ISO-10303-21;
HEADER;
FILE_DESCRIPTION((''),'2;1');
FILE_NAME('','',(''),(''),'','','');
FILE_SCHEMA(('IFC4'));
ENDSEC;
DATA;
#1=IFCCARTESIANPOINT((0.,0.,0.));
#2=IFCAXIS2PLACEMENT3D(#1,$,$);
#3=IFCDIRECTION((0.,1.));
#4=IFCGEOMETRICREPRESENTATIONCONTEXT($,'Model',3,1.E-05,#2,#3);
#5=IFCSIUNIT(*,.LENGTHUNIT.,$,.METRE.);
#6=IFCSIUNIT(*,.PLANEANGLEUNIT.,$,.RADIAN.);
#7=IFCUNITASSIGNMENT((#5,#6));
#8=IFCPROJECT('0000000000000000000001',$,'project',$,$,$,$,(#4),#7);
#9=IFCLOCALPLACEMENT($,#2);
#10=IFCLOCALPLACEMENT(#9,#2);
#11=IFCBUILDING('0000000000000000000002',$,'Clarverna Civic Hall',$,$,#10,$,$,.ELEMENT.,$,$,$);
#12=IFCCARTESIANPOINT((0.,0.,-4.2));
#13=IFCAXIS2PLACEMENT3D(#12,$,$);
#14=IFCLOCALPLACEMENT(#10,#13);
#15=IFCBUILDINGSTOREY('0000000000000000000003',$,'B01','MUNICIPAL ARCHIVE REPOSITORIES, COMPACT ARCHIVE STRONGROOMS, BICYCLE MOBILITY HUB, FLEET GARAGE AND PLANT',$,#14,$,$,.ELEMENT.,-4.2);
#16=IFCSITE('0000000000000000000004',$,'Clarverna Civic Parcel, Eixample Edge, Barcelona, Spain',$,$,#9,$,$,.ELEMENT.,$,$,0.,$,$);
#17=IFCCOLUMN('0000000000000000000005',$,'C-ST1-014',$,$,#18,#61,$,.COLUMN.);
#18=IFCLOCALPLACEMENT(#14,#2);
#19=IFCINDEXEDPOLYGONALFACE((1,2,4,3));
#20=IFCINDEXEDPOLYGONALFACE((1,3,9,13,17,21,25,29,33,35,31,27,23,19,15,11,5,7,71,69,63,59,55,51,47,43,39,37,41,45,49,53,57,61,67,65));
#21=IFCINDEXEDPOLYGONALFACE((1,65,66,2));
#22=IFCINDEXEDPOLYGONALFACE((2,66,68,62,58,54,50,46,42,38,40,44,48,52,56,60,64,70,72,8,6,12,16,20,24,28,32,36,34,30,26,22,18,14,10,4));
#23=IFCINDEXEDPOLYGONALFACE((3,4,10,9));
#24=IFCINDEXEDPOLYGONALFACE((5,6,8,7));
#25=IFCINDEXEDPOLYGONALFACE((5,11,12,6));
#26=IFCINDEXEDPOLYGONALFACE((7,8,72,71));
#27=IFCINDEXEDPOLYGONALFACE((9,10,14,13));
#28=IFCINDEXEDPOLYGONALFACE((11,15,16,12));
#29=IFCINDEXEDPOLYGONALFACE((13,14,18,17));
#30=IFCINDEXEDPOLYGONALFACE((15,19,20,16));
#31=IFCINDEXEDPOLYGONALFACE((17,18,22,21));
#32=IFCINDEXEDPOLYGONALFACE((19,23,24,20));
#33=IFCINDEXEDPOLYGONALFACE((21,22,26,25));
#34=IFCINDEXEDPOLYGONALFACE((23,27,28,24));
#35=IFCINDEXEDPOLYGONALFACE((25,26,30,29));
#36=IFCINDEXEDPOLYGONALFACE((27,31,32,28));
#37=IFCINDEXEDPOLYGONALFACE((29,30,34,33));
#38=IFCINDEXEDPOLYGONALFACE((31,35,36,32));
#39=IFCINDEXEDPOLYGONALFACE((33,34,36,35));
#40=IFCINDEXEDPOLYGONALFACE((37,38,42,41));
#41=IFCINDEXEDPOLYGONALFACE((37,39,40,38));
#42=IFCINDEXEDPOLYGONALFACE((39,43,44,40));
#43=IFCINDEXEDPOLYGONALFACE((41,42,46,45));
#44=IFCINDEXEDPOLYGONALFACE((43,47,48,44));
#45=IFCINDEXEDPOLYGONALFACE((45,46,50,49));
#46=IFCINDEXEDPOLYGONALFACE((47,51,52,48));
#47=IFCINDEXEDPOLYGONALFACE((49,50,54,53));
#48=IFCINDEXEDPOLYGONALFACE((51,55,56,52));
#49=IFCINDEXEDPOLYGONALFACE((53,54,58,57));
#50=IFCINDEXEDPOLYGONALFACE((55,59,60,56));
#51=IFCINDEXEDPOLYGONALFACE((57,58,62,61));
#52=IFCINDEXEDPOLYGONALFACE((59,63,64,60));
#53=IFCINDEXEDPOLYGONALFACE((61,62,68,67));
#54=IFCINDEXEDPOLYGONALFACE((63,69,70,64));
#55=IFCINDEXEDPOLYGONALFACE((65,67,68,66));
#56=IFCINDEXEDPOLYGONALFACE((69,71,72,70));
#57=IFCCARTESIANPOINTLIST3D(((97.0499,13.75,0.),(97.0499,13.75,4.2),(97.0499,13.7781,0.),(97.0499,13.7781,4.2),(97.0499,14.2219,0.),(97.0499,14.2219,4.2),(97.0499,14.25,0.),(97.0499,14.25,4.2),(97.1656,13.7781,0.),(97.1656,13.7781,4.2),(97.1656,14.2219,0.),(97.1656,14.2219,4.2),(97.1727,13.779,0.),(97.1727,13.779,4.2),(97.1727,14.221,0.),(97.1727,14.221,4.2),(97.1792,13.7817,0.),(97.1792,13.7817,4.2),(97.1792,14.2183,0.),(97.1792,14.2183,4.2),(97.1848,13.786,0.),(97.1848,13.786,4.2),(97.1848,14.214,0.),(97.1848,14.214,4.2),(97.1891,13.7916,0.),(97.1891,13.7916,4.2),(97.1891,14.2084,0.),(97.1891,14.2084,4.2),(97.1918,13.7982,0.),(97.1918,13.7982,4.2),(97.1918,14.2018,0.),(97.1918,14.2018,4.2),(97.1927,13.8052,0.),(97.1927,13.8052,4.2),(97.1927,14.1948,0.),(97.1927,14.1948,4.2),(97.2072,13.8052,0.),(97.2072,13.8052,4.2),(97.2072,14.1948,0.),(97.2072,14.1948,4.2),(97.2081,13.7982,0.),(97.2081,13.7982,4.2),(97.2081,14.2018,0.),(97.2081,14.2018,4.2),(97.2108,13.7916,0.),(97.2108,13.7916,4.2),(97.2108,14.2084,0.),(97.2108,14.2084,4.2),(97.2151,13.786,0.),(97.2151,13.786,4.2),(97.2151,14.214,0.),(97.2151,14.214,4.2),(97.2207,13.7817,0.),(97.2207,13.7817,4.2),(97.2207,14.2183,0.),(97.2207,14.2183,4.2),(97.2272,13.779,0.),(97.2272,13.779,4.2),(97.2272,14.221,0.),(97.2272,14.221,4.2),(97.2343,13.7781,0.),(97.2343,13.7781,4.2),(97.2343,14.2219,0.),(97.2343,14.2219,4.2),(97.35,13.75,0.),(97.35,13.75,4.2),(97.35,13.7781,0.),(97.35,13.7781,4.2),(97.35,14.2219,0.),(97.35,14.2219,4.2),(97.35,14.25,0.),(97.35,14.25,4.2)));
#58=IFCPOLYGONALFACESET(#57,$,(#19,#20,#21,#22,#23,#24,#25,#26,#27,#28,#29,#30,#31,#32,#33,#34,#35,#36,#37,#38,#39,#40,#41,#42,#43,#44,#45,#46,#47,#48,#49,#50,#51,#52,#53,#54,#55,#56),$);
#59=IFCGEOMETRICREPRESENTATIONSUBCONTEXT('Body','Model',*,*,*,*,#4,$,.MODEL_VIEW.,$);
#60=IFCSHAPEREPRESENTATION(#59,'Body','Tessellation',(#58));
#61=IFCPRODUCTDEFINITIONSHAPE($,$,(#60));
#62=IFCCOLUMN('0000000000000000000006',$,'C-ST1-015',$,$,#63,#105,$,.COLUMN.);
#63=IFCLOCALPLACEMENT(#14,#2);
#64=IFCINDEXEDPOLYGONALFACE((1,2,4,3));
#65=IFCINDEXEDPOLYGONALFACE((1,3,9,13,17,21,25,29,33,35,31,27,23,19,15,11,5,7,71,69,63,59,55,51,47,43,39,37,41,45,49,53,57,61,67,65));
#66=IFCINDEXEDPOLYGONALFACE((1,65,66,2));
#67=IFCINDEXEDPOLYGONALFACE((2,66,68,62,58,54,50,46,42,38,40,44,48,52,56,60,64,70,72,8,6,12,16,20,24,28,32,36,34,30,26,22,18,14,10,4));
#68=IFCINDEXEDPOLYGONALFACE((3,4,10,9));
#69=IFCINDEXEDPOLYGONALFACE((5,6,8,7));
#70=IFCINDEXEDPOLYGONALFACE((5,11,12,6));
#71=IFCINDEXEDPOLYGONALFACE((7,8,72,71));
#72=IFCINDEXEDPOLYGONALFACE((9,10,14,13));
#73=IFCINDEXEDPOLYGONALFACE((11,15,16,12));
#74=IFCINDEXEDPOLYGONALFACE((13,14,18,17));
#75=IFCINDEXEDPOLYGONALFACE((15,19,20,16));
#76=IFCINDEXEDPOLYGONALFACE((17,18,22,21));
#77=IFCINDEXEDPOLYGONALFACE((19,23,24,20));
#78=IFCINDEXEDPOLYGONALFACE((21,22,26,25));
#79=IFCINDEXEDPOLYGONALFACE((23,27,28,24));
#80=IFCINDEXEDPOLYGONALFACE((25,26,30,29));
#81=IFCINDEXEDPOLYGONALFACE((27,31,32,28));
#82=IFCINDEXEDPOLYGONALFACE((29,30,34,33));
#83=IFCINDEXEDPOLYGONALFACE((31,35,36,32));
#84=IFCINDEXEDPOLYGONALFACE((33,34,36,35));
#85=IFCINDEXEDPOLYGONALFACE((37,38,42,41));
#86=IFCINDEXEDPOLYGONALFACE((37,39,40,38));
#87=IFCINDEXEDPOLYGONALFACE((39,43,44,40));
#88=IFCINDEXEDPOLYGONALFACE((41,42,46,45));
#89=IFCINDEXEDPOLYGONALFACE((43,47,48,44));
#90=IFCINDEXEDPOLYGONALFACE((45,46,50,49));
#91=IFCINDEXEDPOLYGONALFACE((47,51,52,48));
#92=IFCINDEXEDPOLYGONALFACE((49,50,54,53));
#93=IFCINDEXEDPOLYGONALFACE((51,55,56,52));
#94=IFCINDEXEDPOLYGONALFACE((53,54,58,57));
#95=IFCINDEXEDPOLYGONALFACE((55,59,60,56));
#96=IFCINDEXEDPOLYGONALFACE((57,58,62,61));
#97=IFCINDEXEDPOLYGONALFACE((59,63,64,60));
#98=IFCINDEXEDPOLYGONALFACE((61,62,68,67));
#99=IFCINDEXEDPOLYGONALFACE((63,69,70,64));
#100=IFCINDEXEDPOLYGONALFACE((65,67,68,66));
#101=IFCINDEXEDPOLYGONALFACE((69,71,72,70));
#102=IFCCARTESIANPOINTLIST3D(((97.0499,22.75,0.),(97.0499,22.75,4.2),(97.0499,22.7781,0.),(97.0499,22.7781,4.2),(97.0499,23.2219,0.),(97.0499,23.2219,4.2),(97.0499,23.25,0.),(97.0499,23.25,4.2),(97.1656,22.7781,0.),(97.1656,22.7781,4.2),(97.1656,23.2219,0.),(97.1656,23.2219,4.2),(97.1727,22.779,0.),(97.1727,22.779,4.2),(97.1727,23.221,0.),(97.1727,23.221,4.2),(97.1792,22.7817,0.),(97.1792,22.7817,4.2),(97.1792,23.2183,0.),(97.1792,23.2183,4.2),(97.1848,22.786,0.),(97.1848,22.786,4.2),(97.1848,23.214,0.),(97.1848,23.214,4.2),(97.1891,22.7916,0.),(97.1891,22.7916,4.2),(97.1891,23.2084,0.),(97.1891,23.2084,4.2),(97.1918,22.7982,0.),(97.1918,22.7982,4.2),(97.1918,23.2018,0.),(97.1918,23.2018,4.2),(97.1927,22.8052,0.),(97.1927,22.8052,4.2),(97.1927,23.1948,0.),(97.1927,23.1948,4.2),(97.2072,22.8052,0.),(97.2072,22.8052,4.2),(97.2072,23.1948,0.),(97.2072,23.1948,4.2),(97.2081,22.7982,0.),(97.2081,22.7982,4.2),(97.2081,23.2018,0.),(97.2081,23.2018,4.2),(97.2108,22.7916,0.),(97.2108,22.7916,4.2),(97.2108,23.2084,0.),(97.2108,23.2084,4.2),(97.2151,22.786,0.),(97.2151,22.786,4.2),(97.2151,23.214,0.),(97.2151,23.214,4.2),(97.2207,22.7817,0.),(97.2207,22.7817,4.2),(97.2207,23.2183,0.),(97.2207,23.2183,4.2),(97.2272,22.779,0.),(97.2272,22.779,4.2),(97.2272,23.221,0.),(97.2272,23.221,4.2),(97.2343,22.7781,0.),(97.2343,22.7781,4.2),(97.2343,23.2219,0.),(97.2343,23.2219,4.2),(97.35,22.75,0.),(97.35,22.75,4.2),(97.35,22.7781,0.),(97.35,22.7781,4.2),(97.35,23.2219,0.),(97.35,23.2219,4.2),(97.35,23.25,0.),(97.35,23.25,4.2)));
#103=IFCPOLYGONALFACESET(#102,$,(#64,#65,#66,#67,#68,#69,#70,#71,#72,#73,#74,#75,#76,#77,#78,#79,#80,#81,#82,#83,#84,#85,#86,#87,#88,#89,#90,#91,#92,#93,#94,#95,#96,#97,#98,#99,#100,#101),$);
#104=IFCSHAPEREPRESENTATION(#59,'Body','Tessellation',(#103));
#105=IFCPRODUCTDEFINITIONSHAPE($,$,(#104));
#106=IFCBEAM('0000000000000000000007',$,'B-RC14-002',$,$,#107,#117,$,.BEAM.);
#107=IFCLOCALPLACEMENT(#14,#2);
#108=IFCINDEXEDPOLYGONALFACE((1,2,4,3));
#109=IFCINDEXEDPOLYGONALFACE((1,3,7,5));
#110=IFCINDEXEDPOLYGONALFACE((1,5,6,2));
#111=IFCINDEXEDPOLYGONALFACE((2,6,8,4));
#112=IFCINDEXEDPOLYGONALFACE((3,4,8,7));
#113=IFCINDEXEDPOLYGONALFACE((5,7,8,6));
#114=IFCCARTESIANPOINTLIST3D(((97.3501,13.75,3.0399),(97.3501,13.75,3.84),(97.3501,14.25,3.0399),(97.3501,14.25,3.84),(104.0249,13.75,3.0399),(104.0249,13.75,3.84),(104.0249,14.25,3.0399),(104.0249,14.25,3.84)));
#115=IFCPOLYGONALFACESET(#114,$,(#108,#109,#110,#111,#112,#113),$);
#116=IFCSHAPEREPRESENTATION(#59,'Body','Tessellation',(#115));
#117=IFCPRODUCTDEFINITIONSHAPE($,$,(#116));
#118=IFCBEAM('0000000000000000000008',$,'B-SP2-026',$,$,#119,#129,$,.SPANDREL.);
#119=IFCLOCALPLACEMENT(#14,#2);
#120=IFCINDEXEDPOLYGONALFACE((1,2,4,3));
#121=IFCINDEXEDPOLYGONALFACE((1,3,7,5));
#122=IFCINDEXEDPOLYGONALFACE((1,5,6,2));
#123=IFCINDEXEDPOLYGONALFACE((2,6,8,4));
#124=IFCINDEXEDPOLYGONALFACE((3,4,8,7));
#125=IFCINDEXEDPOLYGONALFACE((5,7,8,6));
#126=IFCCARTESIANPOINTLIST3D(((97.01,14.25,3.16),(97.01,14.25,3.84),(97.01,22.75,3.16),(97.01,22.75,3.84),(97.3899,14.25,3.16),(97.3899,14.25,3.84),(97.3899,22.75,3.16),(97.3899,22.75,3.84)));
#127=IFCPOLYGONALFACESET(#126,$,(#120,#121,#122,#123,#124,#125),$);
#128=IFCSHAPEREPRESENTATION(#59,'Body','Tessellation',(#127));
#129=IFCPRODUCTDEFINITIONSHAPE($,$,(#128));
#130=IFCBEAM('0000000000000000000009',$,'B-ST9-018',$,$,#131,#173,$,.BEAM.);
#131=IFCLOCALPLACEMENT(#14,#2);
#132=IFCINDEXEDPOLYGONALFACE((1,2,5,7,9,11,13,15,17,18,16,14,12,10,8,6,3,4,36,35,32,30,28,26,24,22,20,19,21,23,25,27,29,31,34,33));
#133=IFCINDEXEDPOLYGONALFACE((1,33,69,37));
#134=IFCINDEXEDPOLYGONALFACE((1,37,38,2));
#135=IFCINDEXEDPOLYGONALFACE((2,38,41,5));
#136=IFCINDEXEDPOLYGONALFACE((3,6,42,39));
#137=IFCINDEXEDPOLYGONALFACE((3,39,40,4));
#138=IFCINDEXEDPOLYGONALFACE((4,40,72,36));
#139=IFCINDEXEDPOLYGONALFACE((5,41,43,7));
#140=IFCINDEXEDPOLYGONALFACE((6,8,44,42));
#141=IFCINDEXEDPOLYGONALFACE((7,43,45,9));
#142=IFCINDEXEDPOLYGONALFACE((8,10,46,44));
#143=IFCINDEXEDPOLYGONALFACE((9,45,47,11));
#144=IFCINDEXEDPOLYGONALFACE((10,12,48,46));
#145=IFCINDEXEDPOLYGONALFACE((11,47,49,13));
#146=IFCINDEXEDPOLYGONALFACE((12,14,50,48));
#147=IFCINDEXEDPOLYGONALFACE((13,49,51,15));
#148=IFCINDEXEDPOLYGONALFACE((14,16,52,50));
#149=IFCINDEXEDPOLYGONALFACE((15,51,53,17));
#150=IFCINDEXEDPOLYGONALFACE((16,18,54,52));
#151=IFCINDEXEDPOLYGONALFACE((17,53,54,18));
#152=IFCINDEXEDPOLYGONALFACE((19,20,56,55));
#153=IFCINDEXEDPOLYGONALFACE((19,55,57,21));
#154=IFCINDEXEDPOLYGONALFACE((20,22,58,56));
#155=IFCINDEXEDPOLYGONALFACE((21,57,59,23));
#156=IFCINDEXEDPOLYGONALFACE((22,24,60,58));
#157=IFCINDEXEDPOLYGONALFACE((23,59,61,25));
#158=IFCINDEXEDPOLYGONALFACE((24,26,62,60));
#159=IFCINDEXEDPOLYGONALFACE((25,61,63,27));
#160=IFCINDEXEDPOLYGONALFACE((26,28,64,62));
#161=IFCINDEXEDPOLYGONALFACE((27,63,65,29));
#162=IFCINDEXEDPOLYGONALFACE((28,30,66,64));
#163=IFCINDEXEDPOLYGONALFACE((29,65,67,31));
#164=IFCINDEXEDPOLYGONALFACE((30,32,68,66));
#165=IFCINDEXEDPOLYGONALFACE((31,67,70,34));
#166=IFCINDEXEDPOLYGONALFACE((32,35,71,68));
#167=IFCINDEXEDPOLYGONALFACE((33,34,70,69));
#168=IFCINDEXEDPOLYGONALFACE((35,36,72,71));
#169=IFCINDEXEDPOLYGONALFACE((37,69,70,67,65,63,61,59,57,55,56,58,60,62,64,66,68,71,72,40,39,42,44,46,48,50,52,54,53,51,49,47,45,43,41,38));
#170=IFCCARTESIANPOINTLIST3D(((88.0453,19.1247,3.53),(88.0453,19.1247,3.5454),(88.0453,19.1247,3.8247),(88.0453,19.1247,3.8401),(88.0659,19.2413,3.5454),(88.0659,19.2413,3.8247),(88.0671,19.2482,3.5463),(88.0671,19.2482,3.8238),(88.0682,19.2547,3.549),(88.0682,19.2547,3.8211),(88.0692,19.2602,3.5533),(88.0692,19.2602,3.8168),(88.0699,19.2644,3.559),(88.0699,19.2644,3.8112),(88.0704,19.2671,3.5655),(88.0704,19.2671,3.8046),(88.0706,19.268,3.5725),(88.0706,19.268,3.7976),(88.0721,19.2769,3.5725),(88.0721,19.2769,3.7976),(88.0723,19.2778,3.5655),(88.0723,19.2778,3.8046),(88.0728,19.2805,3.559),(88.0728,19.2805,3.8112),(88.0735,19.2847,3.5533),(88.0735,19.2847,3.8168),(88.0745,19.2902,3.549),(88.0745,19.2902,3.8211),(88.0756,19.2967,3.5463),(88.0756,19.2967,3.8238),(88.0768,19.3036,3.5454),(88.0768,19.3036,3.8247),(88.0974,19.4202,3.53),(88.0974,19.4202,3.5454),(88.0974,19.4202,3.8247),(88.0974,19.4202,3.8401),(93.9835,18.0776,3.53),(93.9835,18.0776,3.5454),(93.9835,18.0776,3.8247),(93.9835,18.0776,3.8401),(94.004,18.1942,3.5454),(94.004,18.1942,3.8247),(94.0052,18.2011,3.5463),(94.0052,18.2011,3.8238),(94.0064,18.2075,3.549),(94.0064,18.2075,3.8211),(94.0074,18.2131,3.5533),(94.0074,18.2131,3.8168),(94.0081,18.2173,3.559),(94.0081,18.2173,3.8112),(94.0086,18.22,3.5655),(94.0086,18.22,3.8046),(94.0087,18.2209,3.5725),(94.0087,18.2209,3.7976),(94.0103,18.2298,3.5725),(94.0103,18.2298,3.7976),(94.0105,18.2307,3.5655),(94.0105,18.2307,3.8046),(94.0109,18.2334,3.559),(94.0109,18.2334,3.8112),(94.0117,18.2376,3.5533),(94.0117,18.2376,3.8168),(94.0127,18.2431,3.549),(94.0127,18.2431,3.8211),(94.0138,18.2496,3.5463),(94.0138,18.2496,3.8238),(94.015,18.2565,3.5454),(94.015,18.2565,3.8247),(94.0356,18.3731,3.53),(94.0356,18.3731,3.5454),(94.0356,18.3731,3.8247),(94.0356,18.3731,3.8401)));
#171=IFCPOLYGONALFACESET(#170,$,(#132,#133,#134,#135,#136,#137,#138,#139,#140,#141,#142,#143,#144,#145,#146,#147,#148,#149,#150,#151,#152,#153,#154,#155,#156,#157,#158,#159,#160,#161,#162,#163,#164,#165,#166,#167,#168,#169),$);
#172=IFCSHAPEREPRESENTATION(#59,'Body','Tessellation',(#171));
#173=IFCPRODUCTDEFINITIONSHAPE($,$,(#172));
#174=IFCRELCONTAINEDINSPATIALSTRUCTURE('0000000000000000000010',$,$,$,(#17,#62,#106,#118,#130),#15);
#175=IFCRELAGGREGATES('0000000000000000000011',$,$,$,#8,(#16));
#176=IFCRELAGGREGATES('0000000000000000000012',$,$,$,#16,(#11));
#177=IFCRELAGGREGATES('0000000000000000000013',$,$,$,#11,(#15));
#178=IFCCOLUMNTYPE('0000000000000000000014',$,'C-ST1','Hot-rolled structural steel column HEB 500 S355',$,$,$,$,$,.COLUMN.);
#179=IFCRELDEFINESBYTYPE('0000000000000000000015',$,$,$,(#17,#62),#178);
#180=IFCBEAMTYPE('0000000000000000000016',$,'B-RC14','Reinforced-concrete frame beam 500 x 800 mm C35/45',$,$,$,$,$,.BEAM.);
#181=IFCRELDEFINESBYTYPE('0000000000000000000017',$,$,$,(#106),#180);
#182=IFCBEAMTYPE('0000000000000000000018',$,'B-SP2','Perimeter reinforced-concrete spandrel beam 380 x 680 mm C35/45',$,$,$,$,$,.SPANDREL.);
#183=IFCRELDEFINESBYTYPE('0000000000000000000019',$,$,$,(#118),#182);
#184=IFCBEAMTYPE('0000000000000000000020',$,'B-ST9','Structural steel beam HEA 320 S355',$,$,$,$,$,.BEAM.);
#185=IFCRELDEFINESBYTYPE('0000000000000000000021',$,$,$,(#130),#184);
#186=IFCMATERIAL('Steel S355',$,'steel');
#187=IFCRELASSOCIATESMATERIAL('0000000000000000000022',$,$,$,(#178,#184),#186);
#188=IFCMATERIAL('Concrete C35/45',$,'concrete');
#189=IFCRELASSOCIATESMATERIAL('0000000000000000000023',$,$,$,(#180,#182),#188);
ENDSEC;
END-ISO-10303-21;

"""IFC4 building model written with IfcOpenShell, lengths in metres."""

from ifc_helpers import new_model, si_unit, direction, frame, origin, origin_2d, place, context, subcontext, project, spatial, rectangle, i_section, extrude, material, material_profile, profile_set, type_object, element, save


model = new_model("IFC4")

# Units and contexts
model_context = context("Model", 3, precision=1e-05, world=origin(), true_north=direction((0.0, 1.0)))
body_context = subcontext(model_context, "Body", "Model", "MODEL_VIEW")
ifc_project = project(units=[si_unit("LENGTHUNIT", "METRE"), si_unit("PLANEANGLEUNIT", "RADIAN")], contexts=[model_context])

# Site, building, storey
site_placement = place(None, origin())
site = spatial("IfcSite", under=ifc_project, at=site_placement, Name="Clarverna Civic Parcel, Eixample Edge, Barcelona, Spain", CompositionType="ELEMENT", RefElevation=0.0)
building_placement = place(site_placement, origin())
building = spatial("IfcBuilding", under=site, at=building_placement, Name="Clarverna Civic Hall", CompositionType="ELEMENT")
storey_placement = place(building_placement, frame((0.0, 0.0, -4.2)))
storey = spatial("IfcBuildingStorey", under=building, at=storey_placement, Name="B01", Description="MUNICIPAL ARCHIVE REPOSITORIES, COMPACT ARCHIVE STRONGROOMS, BICYCLE MOBILITY HUB, FLEET GARAGE AND PLANT", CompositionType="ELEMENT", Elevation=-4.2)

# Columns
ifc_material_1 = material(Name="Concrete C35/45", Category="concrete")
ifc_material_2 = material(Name="Steel S355", Category="steel")
ifc_material_profile_1 = material_profile(ifc_material_2, i_section(OverallWidth=0.3, OverallDepth=0.5, WebThickness=0.0144, FlangeThickness=0.0281, FilletRadius=0.0271, at=origin_2d()), Name="HEB 500")
ifc_profile_set_1 = profile_set([ifc_material_profile_1], Name="Steel S355")
column_type_1 = type_object("IfcColumnType", Name="C-ST1", Description="Hot-rolled structural steel column HEB 500 S355", PredefinedType="COLUMN", material=ifc_profile_set_1)
for number, where, z_axis, x_axis, name in (
    (1, (97.2, 14.0, 0.0), (0.0, 0.0, 1.0), (1.0, 0.0, 0.0), "C-ST1-014"),
    (2, (97.2, 23.0, 0.0), (0.0, 0.0, 1.0), (1.0, 0.0, 0.0), "C-ST1-015"),
):
    element("IfcColumn", number, at=place(storey_placement, frame(where, z_axis=z_axis, x_axis=x_axis)), inside=storey, type_object=column_type_1, Name=name, PredefinedType="COLUMN", context=body_context, shape_type="SweptSolid", body=[
        extrude(i_section(OverallWidth=0.3, OverallDepth=0.5, WebThickness=0.0144, FlangeThickness=0.0281, FilletRadius=0.0271, at=origin_2d()), origin(), (0.0, 0.0, 1.0), 4.2),
    ])

# Beams
ifc_material_profile_2 = material_profile(ifc_material_1, rectangle(XDim=0.5, YDim=0.8, at=origin_2d()), Name="RC 500x800")
ifc_profile_set_2 = profile_set([ifc_material_profile_2], Name="Concrete C35/45")
beam_type_1 = type_object("IfcBeamType", Name="B-RC14", Description="Reinforced-concrete frame beam 500 x 800 mm C35/45", PredefinedType="BEAM", material=ifc_profile_set_2)
beam_1_placement = place(storey_placement, frame((97.3501, 14.0, 3.4399), z_axis=(1.0, 0.0, 0.0), x_axis=(0.0, 1.0, 0.0)))
element("IfcBeam", 3, at=beam_1_placement, inside=storey, type_object=beam_type_1, Name="B-RC14-002", PredefinedType="BEAM", context=body_context, shape_type="SweptSolid", body=[
    extrude(rectangle(XDim=0.5, YDim=0.8, at=origin_2d()), origin(), (0.0, 0.0, 1.0), 6.6748),
])
ifc_material_profile_3 = material_profile(ifc_material_1, rectangle(XDim=0.3799, YDim=0.6799, at=origin_2d()), Name="RC 380x680")
ifc_profile_set_3 = profile_set([ifc_material_profile_3], Name="Concrete C35/45")
beam_type_2 = type_object("IfcBeamType", Name="B-SP2", Description="Perimeter reinforced-concrete spandrel beam 380 x 680 mm C35/45", PredefinedType="SPANDREL", material=ifc_profile_set_3)
beam_2_placement = place(storey_placement, frame((97.2, 14.25, 3.5), z_axis=(0.0, 1.0, 0.0), x_axis=(-1.0, 0.0, 0.0)))
element("IfcBeam", 4, at=beam_2_placement, inside=storey, type_object=beam_type_2, Name="B-SP2-026", PredefinedType="SPANDREL", context=body_context, shape_type="SweptSolid", body=[
    extrude(rectangle(XDim=0.3799, YDim=0.6799, at=origin_2d()), origin(), (0.0, 0.0, 1.0), 8.5),
])
ifc_material_profile_4 = material_profile(ifc_material_2, i_section(OverallWidth=0.3, OverallDepth=0.3101, WebThickness=0.009, FlangeThickness=0.0154, FilletRadius=0.0271, at=origin_2d()), Name="HEA 320")
ifc_profile_set_4 = profile_set([ifc_material_profile_4], Name="Steel S355")
beam_type_3 = type_object("IfcBeamType", Name="B-ST9", Description="Structural steel beam HEA 320 S355", PredefinedType="BEAM", material=ifc_profile_set_4)
beam_3_placement = place(storey_placement, frame((94.0095, 18.2253, 3.6851), z_axis=(-0.984806, 0.173656, 0.0), x_axis=(-0.173656, -0.984806, 0.0)))
element("IfcBeam", 5, at=beam_3_placement, inside=storey, type_object=beam_type_3, Name="B-ST9-018", PredefinedType="BEAM", context=body_context, shape_type="SweptSolid", body=[
    extrude(i_section(OverallWidth=0.3, OverallDepth=0.3101, WebThickness=0.009, FlangeThickness=0.0154, FilletRadius=0.0271, at=origin_2d()), origin(), (0.0, 0.0, 1.0), 6.0298),
])

save(model, "model.ifc")
